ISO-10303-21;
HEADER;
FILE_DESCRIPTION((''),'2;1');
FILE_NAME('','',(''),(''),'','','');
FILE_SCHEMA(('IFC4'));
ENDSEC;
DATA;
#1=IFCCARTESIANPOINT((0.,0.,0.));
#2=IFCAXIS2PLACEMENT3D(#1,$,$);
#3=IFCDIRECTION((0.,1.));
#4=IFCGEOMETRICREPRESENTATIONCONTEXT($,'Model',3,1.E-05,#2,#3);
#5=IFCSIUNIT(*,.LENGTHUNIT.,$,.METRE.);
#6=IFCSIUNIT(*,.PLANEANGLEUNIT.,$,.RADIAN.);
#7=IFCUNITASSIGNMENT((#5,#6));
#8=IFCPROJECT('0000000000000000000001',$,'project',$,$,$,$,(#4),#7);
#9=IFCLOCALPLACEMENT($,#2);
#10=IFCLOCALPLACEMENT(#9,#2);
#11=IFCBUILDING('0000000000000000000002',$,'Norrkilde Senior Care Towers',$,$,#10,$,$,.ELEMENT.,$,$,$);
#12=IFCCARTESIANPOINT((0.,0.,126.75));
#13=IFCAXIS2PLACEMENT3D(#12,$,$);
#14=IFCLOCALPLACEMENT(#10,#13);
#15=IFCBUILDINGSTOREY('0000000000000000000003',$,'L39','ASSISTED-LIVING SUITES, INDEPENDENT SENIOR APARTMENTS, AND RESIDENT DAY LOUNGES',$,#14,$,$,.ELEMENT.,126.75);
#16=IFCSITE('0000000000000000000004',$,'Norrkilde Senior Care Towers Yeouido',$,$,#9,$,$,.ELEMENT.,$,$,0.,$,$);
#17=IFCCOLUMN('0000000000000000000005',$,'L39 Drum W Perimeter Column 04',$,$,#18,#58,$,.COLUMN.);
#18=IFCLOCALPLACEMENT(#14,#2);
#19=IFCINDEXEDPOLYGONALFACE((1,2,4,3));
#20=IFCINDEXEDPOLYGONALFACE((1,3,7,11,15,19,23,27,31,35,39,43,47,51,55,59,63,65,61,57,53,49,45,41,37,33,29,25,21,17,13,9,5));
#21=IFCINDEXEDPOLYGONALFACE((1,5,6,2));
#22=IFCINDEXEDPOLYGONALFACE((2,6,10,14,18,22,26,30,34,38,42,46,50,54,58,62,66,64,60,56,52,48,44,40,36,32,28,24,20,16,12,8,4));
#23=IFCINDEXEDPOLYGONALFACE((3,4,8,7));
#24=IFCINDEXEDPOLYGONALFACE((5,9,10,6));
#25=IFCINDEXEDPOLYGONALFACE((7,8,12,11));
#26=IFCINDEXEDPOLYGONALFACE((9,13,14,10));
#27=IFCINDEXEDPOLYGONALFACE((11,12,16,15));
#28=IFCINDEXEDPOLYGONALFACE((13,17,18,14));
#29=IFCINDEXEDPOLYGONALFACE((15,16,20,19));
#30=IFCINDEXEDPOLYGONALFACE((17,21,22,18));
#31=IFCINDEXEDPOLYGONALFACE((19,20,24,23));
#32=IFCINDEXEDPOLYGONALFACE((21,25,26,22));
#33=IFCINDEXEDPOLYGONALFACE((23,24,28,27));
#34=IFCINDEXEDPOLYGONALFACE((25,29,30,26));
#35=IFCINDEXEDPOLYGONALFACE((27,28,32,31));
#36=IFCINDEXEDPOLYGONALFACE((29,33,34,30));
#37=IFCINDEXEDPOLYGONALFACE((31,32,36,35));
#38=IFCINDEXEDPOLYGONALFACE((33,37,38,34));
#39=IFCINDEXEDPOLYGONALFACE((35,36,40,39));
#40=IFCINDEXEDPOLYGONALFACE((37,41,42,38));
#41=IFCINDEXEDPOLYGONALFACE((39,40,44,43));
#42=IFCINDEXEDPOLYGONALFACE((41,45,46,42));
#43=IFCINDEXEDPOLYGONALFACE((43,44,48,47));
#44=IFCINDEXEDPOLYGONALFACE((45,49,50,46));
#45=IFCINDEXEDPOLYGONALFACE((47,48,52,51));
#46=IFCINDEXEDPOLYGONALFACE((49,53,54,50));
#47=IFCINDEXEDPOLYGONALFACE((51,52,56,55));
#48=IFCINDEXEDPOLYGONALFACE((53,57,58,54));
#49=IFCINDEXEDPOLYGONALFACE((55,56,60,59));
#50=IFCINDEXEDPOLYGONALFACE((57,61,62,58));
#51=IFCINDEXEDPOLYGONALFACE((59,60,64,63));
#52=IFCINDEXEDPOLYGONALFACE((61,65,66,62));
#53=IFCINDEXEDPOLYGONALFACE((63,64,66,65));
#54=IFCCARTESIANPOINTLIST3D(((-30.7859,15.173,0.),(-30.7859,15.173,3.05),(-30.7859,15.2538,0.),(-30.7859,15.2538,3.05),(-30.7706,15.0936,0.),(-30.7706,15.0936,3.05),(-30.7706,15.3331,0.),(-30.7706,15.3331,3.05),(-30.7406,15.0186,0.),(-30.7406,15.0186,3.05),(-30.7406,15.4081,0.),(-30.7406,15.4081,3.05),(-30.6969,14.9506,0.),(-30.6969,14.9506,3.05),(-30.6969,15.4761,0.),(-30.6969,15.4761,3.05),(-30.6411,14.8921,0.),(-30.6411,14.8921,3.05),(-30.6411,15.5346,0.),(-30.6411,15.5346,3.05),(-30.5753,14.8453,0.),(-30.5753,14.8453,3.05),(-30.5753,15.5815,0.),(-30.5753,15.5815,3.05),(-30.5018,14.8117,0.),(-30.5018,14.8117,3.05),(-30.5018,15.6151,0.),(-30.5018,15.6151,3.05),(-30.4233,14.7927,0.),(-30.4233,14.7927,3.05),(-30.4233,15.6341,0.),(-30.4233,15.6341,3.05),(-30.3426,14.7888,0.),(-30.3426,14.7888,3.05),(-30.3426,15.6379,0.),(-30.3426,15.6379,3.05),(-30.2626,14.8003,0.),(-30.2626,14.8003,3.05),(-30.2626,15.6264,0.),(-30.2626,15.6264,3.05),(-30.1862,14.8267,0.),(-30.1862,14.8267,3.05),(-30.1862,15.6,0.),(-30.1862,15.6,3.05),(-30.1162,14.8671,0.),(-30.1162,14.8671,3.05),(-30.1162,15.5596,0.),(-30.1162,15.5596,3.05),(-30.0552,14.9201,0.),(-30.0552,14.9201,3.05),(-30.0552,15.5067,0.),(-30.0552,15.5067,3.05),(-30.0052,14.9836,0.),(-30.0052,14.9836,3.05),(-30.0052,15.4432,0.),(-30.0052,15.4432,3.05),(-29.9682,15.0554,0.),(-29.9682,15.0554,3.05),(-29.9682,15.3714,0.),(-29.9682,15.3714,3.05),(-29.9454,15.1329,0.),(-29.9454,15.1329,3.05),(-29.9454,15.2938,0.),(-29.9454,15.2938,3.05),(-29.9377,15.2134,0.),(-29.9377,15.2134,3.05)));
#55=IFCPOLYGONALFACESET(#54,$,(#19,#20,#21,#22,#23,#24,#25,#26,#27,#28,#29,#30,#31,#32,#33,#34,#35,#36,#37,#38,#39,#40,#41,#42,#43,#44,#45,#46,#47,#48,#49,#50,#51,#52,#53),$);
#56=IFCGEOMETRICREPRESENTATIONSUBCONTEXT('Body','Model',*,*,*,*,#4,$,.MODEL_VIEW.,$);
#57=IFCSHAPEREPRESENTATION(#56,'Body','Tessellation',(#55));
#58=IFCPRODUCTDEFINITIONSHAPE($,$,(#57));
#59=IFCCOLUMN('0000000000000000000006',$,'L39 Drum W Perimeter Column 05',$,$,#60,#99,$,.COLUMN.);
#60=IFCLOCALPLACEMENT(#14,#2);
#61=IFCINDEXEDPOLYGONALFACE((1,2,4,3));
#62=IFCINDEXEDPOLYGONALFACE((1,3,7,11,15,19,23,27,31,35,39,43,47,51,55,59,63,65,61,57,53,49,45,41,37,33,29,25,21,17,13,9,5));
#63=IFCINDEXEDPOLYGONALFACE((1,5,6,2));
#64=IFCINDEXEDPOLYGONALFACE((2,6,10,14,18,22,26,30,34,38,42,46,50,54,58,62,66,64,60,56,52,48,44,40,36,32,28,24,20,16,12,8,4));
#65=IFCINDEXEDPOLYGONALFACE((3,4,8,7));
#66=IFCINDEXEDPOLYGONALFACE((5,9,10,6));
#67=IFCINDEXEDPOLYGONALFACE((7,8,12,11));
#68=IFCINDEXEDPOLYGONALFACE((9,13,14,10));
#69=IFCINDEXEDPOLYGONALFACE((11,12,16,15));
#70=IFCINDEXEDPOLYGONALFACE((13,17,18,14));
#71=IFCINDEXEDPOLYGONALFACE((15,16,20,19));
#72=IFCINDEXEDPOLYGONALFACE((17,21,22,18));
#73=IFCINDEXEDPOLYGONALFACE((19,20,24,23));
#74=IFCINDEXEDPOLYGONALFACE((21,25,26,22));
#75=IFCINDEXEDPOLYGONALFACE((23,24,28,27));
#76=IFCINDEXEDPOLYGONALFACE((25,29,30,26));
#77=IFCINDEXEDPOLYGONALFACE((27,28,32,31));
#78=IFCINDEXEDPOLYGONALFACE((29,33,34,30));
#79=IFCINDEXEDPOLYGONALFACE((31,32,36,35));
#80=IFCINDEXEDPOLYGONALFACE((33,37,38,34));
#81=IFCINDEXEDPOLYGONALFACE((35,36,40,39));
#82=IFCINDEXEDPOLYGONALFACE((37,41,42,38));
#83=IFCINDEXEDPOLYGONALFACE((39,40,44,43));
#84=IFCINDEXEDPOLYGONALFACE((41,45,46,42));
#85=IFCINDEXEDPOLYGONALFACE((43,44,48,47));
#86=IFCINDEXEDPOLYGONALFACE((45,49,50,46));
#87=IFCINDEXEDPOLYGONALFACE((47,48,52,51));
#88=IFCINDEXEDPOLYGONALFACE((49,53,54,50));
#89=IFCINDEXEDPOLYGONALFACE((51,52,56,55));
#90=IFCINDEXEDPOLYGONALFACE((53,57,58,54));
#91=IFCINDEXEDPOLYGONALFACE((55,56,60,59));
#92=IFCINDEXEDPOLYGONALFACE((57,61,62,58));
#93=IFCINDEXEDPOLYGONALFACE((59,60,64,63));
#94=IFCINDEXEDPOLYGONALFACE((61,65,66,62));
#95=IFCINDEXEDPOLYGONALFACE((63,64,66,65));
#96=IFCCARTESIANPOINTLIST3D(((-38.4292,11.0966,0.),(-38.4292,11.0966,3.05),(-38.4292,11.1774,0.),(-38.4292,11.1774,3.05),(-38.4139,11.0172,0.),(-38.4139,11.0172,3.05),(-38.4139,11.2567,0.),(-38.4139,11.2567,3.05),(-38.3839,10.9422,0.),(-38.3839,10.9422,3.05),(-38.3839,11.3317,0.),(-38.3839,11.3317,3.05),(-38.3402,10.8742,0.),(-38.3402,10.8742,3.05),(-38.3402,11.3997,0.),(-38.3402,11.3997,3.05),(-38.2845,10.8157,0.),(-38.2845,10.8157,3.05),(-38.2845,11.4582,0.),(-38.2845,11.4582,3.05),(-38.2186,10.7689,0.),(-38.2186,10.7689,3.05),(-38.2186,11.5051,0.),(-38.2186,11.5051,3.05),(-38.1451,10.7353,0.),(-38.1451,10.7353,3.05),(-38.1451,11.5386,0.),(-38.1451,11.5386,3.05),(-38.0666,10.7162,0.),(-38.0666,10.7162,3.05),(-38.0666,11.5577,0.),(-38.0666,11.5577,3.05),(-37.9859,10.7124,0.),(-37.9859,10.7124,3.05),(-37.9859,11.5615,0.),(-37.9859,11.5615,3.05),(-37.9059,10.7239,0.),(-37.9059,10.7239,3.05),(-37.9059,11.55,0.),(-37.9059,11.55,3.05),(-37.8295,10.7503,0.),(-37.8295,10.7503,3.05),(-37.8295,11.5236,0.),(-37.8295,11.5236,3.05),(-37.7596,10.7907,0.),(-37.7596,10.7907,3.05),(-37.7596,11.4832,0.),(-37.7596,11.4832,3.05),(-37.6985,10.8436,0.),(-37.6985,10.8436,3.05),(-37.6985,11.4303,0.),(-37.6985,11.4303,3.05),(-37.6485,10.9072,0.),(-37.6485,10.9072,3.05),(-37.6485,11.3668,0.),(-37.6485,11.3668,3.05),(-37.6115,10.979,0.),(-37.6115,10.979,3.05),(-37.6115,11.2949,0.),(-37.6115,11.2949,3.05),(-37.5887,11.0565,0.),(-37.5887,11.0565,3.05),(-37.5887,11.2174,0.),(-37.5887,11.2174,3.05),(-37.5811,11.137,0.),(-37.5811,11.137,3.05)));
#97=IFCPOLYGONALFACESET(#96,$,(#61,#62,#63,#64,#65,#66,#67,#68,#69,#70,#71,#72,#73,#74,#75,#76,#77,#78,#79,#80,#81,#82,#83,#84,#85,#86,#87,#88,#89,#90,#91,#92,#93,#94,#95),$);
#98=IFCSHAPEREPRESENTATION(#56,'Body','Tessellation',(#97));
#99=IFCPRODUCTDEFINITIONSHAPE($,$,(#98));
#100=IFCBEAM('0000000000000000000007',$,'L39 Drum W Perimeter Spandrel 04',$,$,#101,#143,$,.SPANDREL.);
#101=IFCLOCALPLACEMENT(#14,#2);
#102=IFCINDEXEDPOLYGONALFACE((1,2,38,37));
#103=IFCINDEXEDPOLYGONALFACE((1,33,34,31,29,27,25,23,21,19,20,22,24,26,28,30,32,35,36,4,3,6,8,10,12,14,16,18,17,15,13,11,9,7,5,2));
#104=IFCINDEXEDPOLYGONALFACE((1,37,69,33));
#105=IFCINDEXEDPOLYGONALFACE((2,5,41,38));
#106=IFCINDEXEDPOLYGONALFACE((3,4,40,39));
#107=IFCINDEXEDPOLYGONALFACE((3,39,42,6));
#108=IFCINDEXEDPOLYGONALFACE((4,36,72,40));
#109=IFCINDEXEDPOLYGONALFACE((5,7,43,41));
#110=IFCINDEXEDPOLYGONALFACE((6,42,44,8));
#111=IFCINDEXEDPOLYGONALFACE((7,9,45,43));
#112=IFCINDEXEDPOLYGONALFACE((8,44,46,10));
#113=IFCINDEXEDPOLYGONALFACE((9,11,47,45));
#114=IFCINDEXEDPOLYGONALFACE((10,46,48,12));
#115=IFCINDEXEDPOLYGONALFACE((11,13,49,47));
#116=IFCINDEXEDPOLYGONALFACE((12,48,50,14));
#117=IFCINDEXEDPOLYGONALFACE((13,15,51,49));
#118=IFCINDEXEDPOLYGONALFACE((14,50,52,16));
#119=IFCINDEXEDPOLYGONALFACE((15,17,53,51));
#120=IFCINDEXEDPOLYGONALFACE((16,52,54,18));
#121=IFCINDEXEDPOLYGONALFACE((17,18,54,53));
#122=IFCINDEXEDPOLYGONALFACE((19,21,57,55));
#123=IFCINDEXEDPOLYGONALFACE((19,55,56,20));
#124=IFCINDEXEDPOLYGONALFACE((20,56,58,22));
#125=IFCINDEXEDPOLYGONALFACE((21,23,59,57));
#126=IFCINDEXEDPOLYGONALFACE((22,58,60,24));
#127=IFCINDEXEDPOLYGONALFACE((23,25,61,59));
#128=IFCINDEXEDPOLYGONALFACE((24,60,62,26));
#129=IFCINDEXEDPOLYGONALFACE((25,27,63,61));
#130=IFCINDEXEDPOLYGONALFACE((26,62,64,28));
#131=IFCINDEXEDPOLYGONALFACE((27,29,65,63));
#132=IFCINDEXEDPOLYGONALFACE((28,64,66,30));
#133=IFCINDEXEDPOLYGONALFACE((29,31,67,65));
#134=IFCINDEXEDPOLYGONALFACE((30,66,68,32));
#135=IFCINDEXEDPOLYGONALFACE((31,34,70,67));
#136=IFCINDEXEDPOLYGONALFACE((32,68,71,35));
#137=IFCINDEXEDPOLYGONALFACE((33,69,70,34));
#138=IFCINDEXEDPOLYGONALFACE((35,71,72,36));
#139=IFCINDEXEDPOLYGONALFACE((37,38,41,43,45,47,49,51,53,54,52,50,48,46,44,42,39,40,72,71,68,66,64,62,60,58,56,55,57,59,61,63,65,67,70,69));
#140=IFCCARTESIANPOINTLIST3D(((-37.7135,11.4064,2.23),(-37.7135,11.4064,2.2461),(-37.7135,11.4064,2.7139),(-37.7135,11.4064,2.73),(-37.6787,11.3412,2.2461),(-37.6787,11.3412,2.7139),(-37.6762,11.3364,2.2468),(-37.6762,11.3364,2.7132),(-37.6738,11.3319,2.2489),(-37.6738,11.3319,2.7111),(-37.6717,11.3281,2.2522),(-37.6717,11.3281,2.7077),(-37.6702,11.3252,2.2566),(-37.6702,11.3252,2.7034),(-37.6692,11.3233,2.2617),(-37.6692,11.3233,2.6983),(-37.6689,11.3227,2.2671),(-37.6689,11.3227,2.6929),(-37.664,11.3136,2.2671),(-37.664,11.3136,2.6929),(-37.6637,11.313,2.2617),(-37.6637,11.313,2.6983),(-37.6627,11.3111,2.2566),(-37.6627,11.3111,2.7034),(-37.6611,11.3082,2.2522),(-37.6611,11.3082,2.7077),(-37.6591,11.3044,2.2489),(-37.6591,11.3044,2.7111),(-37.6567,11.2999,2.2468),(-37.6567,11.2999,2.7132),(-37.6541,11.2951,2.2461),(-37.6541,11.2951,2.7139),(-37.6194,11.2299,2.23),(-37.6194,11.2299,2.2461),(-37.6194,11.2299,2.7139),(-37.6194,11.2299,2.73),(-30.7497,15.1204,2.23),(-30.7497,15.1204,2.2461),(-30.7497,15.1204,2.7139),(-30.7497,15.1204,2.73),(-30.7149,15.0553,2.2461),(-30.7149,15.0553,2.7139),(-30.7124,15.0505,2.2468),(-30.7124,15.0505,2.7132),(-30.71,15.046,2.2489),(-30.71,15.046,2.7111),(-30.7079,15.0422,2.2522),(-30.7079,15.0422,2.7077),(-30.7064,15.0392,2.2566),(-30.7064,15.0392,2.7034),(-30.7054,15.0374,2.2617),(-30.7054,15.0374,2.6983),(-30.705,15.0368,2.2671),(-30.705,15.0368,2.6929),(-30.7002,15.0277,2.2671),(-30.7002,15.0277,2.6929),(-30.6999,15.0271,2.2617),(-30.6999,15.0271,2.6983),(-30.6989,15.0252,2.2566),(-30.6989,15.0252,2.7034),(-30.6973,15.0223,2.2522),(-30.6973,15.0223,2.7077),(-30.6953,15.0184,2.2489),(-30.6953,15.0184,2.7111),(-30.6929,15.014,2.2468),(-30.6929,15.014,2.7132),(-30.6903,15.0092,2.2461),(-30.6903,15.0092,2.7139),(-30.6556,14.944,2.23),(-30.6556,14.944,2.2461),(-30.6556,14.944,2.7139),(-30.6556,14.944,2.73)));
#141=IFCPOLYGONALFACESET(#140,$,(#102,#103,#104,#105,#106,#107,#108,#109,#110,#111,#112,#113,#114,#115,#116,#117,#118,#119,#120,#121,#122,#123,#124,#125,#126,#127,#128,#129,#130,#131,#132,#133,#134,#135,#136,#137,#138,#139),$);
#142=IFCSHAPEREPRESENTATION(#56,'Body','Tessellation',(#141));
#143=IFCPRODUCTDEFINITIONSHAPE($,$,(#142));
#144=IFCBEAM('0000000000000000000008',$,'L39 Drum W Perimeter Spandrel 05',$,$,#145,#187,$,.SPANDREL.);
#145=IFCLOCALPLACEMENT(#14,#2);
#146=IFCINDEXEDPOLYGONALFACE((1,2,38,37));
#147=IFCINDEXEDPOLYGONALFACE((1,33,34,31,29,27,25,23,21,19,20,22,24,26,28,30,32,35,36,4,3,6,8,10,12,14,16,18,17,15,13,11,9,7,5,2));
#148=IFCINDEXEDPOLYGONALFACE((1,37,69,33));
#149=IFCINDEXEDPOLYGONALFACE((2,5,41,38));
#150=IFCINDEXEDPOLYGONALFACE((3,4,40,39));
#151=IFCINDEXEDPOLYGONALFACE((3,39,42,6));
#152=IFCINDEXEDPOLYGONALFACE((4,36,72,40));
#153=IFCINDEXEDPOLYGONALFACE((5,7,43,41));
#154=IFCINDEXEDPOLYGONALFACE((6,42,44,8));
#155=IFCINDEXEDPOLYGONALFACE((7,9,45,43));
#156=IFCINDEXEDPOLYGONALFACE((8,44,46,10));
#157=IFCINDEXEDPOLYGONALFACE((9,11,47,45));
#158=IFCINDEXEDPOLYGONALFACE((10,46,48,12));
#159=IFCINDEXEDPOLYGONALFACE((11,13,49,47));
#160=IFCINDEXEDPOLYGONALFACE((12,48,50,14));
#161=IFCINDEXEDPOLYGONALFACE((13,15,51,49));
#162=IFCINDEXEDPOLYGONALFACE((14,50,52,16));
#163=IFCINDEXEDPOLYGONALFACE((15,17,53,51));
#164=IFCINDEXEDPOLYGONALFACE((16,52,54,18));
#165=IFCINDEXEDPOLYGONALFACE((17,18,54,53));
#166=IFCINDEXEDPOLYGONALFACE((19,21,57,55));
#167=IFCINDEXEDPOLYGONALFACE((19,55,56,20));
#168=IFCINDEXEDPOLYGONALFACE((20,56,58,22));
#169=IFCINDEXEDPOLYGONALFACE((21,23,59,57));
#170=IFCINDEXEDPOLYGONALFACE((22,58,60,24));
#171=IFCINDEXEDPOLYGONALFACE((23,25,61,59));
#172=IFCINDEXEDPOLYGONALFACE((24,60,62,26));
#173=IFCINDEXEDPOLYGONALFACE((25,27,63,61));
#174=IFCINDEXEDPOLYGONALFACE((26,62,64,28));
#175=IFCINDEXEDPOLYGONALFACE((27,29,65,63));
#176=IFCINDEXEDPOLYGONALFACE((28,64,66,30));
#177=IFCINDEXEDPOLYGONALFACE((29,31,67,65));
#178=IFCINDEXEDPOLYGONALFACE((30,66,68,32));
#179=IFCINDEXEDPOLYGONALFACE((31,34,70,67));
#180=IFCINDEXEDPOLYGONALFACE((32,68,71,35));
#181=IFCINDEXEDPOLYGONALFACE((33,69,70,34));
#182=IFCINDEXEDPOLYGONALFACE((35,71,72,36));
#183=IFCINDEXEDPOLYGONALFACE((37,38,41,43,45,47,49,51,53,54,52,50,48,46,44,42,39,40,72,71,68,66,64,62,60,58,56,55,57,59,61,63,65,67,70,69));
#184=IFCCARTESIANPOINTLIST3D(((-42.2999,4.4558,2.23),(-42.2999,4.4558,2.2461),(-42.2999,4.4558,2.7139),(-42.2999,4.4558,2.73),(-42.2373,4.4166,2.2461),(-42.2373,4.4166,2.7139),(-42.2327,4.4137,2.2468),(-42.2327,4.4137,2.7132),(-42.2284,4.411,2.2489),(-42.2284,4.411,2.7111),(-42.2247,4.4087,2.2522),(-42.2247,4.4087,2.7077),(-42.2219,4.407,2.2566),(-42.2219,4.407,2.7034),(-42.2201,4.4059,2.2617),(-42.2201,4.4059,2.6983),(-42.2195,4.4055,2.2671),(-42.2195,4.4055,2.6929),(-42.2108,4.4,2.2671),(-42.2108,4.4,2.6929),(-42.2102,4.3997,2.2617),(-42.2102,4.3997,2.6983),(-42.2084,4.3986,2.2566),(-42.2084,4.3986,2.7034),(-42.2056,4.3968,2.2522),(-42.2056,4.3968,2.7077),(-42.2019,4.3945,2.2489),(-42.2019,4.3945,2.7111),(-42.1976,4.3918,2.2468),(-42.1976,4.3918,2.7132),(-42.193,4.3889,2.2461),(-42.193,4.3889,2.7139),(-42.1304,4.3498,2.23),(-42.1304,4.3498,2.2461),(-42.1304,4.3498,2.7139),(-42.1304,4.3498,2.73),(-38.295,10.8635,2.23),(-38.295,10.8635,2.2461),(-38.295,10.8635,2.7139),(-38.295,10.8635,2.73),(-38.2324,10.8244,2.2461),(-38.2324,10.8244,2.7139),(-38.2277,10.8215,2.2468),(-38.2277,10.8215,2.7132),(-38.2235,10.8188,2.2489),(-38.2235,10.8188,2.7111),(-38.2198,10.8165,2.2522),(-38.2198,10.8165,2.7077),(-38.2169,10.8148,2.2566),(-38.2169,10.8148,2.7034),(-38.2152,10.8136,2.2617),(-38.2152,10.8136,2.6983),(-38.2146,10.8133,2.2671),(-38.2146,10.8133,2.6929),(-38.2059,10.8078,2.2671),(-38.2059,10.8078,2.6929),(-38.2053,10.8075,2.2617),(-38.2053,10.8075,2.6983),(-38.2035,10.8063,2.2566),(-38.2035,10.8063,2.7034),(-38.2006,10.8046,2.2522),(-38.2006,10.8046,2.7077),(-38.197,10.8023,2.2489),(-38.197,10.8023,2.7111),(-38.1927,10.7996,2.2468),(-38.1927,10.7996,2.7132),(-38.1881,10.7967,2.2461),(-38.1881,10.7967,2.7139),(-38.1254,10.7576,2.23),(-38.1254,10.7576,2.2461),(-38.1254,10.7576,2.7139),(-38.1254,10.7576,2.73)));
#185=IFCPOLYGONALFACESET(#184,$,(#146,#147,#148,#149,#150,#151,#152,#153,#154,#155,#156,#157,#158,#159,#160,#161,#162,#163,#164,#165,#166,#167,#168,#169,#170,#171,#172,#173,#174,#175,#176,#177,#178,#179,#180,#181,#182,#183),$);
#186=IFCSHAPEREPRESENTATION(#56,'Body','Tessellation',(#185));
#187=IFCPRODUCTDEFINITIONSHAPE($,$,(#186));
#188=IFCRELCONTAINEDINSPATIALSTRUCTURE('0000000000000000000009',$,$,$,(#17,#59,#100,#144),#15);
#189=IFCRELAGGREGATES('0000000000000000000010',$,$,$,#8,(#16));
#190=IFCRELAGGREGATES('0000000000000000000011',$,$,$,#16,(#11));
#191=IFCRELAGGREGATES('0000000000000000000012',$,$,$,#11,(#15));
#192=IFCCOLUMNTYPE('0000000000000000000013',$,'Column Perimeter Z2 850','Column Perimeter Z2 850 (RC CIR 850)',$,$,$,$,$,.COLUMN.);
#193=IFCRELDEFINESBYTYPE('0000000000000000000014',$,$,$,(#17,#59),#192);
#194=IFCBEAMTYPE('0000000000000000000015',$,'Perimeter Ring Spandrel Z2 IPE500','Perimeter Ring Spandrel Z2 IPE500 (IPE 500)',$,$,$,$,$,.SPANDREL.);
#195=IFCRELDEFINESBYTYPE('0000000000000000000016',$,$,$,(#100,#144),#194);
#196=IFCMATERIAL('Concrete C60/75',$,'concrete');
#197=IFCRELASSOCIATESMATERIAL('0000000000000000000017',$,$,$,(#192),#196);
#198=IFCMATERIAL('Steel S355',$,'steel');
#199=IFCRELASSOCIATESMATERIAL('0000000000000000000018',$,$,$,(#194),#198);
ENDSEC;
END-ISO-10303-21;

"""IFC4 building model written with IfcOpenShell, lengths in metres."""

from ifc_helpers import new_model, si_unit, direction, frame, origin, origin_2d, place, context, subcontext, project, spatial, circle, i_section, extrude, source, transform, mapped, material, material_profile, profile_set, type_object, type_shapes, element, save


model = new_model("IFC4")

# Units and contexts
model_context = context("Model", 3, precision=1e-05, world=origin(), true_north=direction((0.0, 1.0)))
body_context = subcontext(model_context, "Body", "Model", "MODEL_VIEW")
ifc_project = project(units=[si_unit("LENGTHUNIT", "METRE"), si_unit("PLANEANGLEUNIT", "RADIAN")], contexts=[model_context])

# Site, building, storey
site_placement = place(None, origin())
site = spatial("IfcSite", under=ifc_project, at=site_placement, Name="Norrkilde Senior Care Towers Yeouido", CompositionType="ELEMENT", RefElevation=0.0)
building_placement = place(site_placement, origin())
building = spatial("IfcBuilding", under=site, at=building_placement, Name="Norrkilde Senior Care Towers", CompositionType="ELEMENT")
storey_placement = place(building_placement, frame((0.0, 0.0, 126.75)))
storey = spatial("IfcBuildingStorey", under=building, at=storey_placement, Name="L39", Description="ASSISTED-LIVING SUITES, INDEPENDENT SENIOR APARTMENTS, AND RESIDENT DAY LOUNGES", CompositionType="ELEMENT", Elevation=126.75)

# Columns
ifc_material_1 = material(Name="Concrete C60/75", Category="concrete")
ifc_material_profile_1 = material_profile(ifc_material_1, circle(Radius=0.425, at=origin_2d()), Name="RC CIR 850")
ifc_profile_set_1 = profile_set([ifc_material_profile_1], Name="Concrete C60/75")
column_type = type_object("IfcColumnType", Name="Column Perimeter Z2 850", Description="Column Perimeter Z2 850 (RC CIR 850)", PredefinedType="COLUMN", material=ifc_profile_set_1)
shared_shape_1 = source(origin(), body_context, "Body", "SweptSolid", [
    extrude(circle(Radius=0.425, at=origin_2d()), origin(), (0.0, 0.0, 1.0), 3.05),
])
type_shapes(column_type, [shared_shape_1])
for number, where, z_axis, x_axis, name in (
    (1, (-30.3628, 15.2134, 0.0), (0.0, 0.0, 1.0), (1.0, 0.0, 0.0), "L39 Drum W Perimeter Column 04"),
    (2, (-38.0061, 11.137, 0.0), (0.0, 0.0, 1.0), (1.0, 0.0, 0.0), "L39 Drum W Perimeter Column 05"),
):
    element("IfcColumn", number, at=place(storey_placement, frame(where, z_axis=z_axis, x_axis=x_axis)), inside=storey, type_object=column_type, Name=name, PredefinedType="COLUMN", context=body_context, shape_type="MappedRepresentation", body=[
        mapped(shared_shape_1, transform((0.0, 0.0, 0.0), x_axis=(1.0, 0.0, 0.0), y_axis=(0.0, 1.0, 0.0), z_axis=(0.0, 0.0, 1.0), scale=1.0)),
    ])

# Beams
ifc_material_2 = material(Name="Steel S355", Category="steel")
ifc_material_profile_2 = material_profile(ifc_material_2, i_section(OverallWidth=0.2, OverallDepth=0.5, WebThickness=0.0103, FlangeThickness=0.0161, FilletRadius=0.021, at=origin_2d()), Name="IPE 500")
ifc_profile_set_2 = profile_set([ifc_material_profile_2], Name="Steel S355")
beam_type_1 = type_object("IfcBeamType", Name="Perimeter Ring Spandrel Z2 IPE500", Description="Perimeter Ring Spandrel Z2 IPE500 (IPE 500)", PredefinedType="SPANDREL", material=ifc_profile_set_2)
shared_shape_2 = source(origin(), body_context, "Body", "SweptSolid", [
    extrude(i_section(OverallWidth=0.2, OverallDepth=0.5, WebThickness=0.0103, FlangeThickness=0.0161, FilletRadius=0.021, at=origin_2d()), origin(), (0.0, 0.0, 1.0), 7.8923),
])
beam_1_placement = place(storey_placement, frame((-30.7026, 15.0322, 2.48), z_axis=(-0.88235, -0.470593, 0.0), x_axis=(0.470593, -0.88235, 0.0)))
element("IfcBeam", 3, at=beam_1_placement, inside=storey, type_object=beam_type_1, Name="L39 Drum W Perimeter Spandrel 04", PredefinedType="SPANDREL", context=body_context, shape_type="MappedRepresentation", body=[
    mapped(shared_shape_2, transform((0.0, 0.0, 0.0), x_axis=(1.0, 0.0, 0.0), y_axis=(0.0, 1.0, 0.0), z_axis=(0.0, 0.0, 1.0), scale=1.0)),
])
shared_shape_3 = source(origin(), body_context, "Body", "SweptSolid", [
    extrude(i_section(OverallWidth=0.2, OverallDepth=0.5, WebThickness=0.0103, FlangeThickness=0.0161, FilletRadius=0.021, at=origin_2d()), origin(), (0.0, 0.0, 1.0), 7.5564),
])
type_shapes(beam_type_1, [shared_shape_2, shared_shape_3])
beam_2_placement = place(storey_placement, frame((-38.2102, 10.8105, 2.48), z_axis=(-0.530005, -0.847995, 0.0), x_axis=(0.847995, -0.530005, 0.0)))
element("IfcBeam", 4, at=beam_2_placement, inside=storey, type_object=beam_type_1, Name="L39 Drum W Perimeter Spandrel 05", PredefinedType="SPANDREL", context=body_context, shape_type="MappedRepresentation", body=[
    mapped(shared_shape_3, transform((0.0, 0.0, 0.0), x_axis=(1.0, 0.0, 0.0), y_axis=(0.0, 1.0, 0.0), z_axis=(0.0, 0.0, 1.0), scale=1.0)),
])

save(model, "model.ifc")
